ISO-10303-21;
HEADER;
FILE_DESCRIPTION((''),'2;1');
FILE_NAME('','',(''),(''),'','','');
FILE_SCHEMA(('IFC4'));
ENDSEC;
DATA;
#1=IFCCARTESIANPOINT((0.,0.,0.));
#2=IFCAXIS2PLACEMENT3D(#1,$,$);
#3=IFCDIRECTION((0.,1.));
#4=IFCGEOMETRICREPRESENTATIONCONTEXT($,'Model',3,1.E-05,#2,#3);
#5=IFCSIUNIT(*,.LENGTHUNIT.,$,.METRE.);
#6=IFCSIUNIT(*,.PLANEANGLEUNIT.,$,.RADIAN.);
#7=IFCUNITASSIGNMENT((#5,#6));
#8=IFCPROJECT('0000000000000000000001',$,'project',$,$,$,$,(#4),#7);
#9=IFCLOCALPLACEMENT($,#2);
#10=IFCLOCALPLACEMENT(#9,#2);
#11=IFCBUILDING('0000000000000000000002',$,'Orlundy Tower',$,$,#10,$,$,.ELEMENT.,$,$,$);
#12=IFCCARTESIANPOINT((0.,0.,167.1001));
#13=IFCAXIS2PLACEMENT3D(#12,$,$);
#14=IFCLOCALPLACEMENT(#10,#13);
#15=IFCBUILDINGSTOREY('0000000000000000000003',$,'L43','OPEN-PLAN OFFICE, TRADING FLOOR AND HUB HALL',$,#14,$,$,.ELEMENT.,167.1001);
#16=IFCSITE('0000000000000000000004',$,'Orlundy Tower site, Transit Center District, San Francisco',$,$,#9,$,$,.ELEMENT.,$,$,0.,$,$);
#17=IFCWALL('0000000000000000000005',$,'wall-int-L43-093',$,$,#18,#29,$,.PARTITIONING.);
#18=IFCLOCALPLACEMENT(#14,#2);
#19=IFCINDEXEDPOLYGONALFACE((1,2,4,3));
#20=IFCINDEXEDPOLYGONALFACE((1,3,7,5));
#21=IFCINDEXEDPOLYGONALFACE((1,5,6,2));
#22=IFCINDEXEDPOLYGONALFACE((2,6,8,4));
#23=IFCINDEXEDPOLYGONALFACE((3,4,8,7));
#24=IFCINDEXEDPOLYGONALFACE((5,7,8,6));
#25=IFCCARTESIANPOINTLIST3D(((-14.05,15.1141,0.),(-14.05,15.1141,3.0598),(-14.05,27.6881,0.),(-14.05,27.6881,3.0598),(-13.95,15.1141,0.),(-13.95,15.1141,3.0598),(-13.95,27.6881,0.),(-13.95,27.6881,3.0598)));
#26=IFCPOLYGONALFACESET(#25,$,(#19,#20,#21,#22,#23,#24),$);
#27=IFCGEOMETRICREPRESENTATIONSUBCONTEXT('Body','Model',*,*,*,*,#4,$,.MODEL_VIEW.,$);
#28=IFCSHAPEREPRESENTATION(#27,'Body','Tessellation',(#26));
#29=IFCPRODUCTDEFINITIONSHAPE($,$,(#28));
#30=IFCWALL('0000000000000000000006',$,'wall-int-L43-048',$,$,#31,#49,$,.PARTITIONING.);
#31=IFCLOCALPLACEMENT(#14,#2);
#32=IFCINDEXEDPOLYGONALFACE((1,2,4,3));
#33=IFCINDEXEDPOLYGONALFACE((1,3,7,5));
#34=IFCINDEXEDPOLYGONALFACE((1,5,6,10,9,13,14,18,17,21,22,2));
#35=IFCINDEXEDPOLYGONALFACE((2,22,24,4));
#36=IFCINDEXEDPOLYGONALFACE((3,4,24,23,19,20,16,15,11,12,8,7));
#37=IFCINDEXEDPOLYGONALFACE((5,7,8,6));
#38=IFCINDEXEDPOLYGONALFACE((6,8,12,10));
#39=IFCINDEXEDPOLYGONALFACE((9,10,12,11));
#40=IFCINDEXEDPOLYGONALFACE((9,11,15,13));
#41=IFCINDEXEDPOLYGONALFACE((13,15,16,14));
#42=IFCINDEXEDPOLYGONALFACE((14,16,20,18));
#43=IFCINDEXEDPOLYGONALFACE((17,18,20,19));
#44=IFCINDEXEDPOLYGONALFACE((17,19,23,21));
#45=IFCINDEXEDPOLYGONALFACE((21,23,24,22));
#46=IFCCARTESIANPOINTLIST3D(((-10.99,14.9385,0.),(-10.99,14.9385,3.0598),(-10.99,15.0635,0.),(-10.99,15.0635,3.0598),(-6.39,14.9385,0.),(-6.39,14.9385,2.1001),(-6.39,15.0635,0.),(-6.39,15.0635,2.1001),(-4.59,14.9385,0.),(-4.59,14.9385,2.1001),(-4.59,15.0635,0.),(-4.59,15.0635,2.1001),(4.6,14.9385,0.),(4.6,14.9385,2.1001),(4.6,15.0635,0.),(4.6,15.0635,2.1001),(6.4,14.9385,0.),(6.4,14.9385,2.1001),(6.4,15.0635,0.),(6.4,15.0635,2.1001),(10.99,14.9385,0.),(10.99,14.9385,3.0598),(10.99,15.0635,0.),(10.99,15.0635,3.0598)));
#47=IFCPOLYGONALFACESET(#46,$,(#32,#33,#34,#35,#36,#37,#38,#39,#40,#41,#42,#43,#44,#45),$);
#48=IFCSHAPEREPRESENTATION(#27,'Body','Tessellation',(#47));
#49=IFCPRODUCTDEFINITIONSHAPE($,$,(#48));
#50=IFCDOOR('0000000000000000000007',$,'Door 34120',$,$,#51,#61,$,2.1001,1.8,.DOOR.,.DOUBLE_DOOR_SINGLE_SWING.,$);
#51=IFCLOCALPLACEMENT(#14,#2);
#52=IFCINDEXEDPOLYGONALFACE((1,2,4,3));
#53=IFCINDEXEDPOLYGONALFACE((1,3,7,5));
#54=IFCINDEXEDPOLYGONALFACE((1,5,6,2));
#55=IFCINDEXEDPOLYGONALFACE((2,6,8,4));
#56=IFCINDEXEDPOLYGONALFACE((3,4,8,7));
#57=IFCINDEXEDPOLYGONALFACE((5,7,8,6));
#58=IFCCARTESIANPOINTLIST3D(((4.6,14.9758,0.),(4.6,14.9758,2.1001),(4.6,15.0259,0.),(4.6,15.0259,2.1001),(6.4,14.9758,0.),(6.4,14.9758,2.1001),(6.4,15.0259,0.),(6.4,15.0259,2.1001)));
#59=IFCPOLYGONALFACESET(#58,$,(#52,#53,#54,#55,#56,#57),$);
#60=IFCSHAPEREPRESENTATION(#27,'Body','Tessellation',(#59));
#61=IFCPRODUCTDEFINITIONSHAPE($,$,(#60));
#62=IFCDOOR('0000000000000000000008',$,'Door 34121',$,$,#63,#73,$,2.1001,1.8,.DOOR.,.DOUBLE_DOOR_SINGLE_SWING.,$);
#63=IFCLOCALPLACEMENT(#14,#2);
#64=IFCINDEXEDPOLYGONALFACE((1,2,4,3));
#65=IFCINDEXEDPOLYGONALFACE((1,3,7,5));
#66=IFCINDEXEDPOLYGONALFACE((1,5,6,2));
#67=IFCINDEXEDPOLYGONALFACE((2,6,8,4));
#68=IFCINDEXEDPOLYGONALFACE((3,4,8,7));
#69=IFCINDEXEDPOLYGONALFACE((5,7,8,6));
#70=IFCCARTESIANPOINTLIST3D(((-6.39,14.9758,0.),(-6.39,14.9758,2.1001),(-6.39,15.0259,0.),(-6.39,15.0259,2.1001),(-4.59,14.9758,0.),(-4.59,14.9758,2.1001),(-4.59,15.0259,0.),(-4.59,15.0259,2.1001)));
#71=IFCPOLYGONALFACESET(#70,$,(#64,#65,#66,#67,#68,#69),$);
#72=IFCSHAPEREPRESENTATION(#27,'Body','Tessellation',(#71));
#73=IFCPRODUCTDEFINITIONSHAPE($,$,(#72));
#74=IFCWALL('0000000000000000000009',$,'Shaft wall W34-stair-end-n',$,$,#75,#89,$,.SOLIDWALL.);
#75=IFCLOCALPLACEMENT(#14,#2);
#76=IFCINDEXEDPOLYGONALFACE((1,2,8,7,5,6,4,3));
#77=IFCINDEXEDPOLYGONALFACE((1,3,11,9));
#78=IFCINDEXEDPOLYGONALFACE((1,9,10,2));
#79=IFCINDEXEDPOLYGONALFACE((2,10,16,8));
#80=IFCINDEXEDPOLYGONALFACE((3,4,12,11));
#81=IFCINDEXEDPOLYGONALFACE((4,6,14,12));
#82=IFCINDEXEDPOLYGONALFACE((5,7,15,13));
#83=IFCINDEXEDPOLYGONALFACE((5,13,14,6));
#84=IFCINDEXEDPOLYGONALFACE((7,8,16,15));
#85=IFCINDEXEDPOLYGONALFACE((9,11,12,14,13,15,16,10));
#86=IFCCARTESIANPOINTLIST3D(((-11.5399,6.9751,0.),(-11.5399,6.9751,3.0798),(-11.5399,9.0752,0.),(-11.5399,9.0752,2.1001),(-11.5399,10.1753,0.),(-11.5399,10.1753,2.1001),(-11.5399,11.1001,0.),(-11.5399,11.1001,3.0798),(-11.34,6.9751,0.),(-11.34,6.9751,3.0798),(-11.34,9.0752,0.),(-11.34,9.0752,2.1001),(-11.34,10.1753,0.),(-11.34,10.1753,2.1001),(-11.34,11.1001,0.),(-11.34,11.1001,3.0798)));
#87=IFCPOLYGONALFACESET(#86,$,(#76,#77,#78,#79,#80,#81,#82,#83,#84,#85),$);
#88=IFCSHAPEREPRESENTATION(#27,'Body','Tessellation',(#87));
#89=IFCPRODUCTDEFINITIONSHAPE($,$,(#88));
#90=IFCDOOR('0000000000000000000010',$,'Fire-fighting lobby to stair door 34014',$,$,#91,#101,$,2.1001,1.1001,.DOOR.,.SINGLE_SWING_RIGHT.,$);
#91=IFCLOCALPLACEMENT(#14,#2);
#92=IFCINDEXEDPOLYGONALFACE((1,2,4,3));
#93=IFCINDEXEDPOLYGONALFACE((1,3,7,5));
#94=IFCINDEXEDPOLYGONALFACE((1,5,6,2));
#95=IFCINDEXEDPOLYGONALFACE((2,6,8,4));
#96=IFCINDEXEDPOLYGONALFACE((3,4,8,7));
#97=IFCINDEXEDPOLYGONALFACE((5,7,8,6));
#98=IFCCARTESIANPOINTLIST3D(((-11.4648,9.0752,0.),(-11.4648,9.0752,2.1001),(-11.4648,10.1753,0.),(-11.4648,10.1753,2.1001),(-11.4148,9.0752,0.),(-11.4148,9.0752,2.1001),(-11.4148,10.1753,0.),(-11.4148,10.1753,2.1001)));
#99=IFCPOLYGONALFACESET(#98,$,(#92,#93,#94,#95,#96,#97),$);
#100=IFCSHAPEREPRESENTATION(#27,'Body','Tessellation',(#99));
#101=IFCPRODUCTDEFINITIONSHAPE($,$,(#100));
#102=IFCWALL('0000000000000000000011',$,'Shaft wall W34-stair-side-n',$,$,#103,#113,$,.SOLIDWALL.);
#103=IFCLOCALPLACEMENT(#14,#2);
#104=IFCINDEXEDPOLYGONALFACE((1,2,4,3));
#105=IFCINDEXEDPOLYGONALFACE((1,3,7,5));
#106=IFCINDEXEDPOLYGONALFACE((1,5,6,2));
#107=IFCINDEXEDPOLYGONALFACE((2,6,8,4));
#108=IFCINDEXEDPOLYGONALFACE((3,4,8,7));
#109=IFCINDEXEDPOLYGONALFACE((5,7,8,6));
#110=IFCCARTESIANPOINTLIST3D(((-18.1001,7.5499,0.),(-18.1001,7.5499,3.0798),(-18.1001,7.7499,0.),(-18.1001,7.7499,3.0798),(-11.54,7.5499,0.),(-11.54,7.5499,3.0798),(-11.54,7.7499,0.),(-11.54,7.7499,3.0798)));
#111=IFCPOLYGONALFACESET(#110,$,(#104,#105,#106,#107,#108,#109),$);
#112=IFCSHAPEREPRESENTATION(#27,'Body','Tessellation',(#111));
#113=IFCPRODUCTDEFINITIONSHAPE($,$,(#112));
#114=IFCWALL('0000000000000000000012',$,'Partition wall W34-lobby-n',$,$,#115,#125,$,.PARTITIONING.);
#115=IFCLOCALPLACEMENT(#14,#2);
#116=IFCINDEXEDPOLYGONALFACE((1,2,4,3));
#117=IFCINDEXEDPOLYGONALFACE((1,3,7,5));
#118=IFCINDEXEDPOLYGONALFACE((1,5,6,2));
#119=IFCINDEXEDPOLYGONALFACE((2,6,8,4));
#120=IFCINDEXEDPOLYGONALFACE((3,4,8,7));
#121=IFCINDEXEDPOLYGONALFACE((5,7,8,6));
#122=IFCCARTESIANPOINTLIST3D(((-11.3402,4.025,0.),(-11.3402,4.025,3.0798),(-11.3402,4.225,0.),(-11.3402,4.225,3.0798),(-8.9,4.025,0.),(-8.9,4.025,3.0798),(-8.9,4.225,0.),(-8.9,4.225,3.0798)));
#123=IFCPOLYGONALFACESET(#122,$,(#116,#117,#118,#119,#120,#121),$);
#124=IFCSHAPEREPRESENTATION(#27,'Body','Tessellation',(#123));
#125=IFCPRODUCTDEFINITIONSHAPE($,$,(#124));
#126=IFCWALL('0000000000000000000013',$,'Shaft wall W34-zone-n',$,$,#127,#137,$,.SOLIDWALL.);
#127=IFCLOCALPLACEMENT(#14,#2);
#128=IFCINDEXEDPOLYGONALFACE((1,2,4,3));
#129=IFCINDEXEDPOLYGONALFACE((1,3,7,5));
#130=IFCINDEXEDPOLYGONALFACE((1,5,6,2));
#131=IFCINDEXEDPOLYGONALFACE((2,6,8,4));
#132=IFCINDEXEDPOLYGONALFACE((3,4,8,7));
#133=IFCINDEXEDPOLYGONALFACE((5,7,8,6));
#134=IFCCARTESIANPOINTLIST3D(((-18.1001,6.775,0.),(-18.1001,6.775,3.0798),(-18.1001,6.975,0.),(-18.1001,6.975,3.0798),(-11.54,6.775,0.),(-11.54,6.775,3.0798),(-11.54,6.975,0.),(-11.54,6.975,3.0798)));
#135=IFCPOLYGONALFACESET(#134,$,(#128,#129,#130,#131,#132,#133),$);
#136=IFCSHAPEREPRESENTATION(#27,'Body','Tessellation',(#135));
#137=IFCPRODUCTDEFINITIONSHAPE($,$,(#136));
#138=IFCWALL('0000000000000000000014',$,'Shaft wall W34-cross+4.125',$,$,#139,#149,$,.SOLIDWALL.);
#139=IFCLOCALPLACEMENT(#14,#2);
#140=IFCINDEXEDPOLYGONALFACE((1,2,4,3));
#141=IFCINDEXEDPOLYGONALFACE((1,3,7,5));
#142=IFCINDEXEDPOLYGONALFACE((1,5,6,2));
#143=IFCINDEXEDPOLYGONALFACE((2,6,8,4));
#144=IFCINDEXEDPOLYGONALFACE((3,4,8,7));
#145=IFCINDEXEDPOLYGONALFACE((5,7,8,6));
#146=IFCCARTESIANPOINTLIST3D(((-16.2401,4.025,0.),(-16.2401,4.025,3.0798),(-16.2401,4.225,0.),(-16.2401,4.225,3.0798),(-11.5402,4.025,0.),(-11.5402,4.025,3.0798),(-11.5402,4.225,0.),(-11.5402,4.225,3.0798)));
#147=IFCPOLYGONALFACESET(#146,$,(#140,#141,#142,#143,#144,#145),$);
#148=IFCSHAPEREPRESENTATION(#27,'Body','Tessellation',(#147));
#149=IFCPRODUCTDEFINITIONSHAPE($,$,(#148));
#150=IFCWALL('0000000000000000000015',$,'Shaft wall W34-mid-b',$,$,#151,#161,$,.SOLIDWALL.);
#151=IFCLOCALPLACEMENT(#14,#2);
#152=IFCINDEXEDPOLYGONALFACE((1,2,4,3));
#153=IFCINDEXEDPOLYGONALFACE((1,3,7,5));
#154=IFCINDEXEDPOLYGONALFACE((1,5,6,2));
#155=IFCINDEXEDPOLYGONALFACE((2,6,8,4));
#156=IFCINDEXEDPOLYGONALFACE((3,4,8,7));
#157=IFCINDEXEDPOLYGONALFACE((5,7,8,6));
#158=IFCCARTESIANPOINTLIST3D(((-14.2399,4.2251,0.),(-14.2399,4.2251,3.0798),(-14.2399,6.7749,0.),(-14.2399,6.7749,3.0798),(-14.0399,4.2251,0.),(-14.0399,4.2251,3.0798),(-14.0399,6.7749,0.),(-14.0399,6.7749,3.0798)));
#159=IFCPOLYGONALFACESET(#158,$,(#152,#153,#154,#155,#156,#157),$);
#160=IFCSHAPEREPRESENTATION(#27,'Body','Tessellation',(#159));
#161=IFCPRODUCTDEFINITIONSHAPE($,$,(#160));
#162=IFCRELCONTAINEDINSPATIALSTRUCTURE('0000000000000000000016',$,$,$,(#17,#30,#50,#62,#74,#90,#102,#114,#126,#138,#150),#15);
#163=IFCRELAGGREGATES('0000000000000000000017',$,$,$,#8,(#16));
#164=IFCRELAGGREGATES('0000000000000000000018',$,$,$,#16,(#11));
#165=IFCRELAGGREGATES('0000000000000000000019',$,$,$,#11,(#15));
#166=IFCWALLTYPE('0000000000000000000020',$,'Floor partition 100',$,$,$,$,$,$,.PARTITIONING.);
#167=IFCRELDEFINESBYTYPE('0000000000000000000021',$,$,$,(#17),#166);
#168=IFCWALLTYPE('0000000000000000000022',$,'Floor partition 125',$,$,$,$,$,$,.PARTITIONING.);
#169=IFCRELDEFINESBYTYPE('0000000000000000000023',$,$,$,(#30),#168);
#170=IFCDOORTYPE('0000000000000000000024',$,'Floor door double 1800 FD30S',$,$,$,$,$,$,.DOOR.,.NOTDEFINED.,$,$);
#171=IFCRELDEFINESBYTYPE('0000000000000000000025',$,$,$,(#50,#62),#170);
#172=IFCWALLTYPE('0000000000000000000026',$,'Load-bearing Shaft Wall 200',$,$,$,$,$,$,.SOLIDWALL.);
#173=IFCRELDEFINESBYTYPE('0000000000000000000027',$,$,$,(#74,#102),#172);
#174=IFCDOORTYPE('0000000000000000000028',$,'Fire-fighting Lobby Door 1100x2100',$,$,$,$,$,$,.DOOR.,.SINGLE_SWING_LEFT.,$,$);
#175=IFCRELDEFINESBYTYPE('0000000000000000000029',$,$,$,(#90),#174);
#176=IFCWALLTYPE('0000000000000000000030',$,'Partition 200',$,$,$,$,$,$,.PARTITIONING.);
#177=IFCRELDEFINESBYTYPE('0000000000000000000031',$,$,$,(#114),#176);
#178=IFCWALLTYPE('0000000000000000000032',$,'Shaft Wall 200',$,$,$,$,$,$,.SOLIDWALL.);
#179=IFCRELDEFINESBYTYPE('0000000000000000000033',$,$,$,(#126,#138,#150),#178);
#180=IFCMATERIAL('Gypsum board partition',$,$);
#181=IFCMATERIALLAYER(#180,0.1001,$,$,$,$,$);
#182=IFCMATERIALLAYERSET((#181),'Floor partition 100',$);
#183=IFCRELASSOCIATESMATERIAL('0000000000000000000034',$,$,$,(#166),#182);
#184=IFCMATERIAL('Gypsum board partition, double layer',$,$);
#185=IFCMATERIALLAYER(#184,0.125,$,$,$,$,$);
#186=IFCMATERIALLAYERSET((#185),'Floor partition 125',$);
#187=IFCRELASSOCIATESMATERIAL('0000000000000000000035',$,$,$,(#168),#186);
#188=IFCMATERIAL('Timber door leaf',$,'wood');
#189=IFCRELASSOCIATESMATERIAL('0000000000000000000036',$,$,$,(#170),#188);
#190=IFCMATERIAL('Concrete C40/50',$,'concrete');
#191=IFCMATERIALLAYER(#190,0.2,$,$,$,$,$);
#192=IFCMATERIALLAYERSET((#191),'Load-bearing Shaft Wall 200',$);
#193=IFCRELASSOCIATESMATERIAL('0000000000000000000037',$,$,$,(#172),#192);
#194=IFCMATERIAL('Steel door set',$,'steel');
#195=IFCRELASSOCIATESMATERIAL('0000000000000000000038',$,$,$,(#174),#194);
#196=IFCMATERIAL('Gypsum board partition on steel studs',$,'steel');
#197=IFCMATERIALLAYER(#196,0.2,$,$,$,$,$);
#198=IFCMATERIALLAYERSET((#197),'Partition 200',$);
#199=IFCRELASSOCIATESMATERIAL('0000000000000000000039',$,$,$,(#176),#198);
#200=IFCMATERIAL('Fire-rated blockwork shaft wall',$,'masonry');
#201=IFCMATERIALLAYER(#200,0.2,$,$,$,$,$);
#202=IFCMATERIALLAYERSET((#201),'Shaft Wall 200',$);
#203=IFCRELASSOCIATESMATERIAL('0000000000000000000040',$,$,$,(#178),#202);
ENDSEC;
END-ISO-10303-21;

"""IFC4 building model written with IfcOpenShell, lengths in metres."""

from ifc_helpers import new_model, si_unit, direction, frame, frame_2d, origin, place, context, subcontext, project, spatial, rectangle, extrude, material, layer, layer_set, type_object, element, fill, save


model = new_model("IFC4")

# Units and contexts
model_context = context("Model", 3, precision=1e-05, world=origin(), true_north=direction((0.0, 1.0)))
body_context = subcontext(model_context, "Body", "Model", "MODEL_VIEW")
ifc_project = project(units=[si_unit("LENGTHUNIT", "METRE"), si_unit("PLANEANGLEUNIT", "RADIAN")], contexts=[model_context])

# Site, building, storey
site_placement = place(None, origin())
site = spatial("IfcSite", under=ifc_project, at=site_placement, Name="Orlundy Tower site, Transit Center District, San Francisco", CompositionType="ELEMENT", RefElevation=0.0)
building_placement = place(site_placement, origin())
building = spatial("IfcBuilding", under=site, at=building_placement, Name="Orlundy Tower", CompositionType="ELEMENT")
storey_placement = place(building_placement, frame((0.0, 0.0, 167.1001)))
storey = spatial("IfcBuildingStorey", under=building, at=storey_placement, Name="L43", Description="OPEN-PLAN OFFICE, TRADING FLOOR AND HUB HALL", CompositionType="ELEMENT", Elevation=167.1001)

# Wall
ifc_material_1 = material(Name="Gypsum board partition")
ifc_layer_1 = layer(ifc_material_1, 0.1001)
ifc_layer_set_1 = layer_set([ifc_layer_1], Name="Floor partition 100")
wall_type_1 = type_object("IfcWallType", Name="Floor partition 100", PredefinedType="PARTITIONING", material=ifc_layer_set_1)
wall_1_placement = place(storey_placement, frame((-14.0, 15.114, 0.0), z_axis=(0.0, 0.0, 1.0), x_axis=(0.0, 1.0, 0.0)))
element("IfcWall", 1, at=wall_1_placement, inside=storey, type_object=wall_type_1, Name="wall-int-L43-093", PredefinedType="PARTITIONING", context=body_context, shape_type="SweptSolid", body=[
    extrude(rectangle(XDim=12.574, YDim=0.1001, at=frame_2d((6.2871, 0.0))), origin(), (0.0, 0.0, 1.0), 3.0598),
])

# Wall, openings, doors
ifc_material_2 = material(Name="Gypsum board partition, double layer")
ifc_layer_2 = layer(ifc_material_2, 0.125)
ifc_layer_set_2 = layer_set([ifc_layer_2], Name="Floor partition 125")
wall_type_2 = type_object("IfcWallType", Name="Floor partition 125", PredefinedType="PARTITIONING", material=ifc_layer_set_2)
wall_2_placement = place(storey_placement, frame((-10.99, 15.001, 0.0), z_axis=(0.0, 0.0, 1.0), x_axis=(1.0, 0.0, 0.0)))
wall_2 = element("IfcWall", 2, at=wall_2_placement, inside=storey, type_object=wall_type_2, Name="wall-int-L43-048", PredefinedType="PARTITIONING", context=body_context, shape_type="SweptSolid", body=[
    extrude(rectangle(XDim=21.98, YDim=0.125, at=frame_2d((10.99, 0.0))), origin(), (0.0, 0.0, 1.0), 3.0598),
])
opening_1_placement = place(wall_2_placement, frame((15.5901, 0.0, 0.0)))
opening_1 = element("IfcOpeningElement", 3, at=opening_1_placement, cuts=wall_2, PredefinedType="OPENING", context=body_context, shape_type="SweptSolid", body=[
    extrude(rectangle(XDim=1.8, YDim=2.1001, at=frame_2d((0.8999, 1.05))), frame((0.0, 0.0725, 0.0), z_axis=(0.0, -1.0, 0.0), x_axis=(1.0, 0.0, 0.0)), (0.0, 0.0, 1.0), 0.145),
])
opening_2_placement = place(wall_2_placement, frame((4.6001, 0.0, 0.0)))
opening_2 = element("IfcOpeningElement", 4, at=opening_2_placement, cuts=wall_2, PredefinedType="OPENING", context=body_context, shape_type="SweptSolid", body=[
    extrude(rectangle(XDim=1.8, YDim=2.1001, at=frame_2d((0.8999, 1.05))), frame((0.0, 0.0725, 0.0), z_axis=(0.0, -1.0, 0.0), x_axis=(1.0, 0.0, 0.0)), (0.0, 0.0, 1.0), 0.145),
])
ifc_material_3 = material(Name="Timber door leaf", Category="wood")
door_type_1 = type_object("IfcDoorType", Name="Floor door double 1800 FD30S", OperationType="NOTDEFINED", PredefinedType="DOOR", material=ifc_material_3)
door_1_placement = place(opening_1_placement, origin())
door_1 = element("IfcDoor", 5, at=door_1_placement, inside=storey, type_object=door_type_1, Name="Door 34120", OperationType="DOUBLE_DOOR_SINGLE_SWING", OverallHeight=2.1001, OverallWidth=1.8, PredefinedType="DOOR", context=body_context, shape_type="SweptSolid", body=[
    extrude(rectangle(XDim=1.8, YDim=2.1001, at=frame_2d((0.8999, 1.05))), frame((0.0, 0.0249, 0.0), z_axis=(0.0, -1.0, 0.0), x_axis=(1.0, 0.0, 0.0)), (0.0, 0.0, 1.0), 0.05),
])
fill(opening_1, door_1)
door_2_placement = place(opening_2_placement, origin())
door_2 = element("IfcDoor", 6, at=door_2_placement, inside=storey, type_object=door_type_1, Name="Door 34121", OperationType="DOUBLE_DOOR_SINGLE_SWING", OverallHeight=2.1001, OverallWidth=1.8, PredefinedType="DOOR", context=body_context, shape_type="SweptSolid", body=[
    extrude(rectangle(XDim=1.8, YDim=2.1001, at=frame_2d((0.8999, 1.05))), frame((0.0, 0.0249, 0.0), z_axis=(0.0, -1.0, 0.0), x_axis=(1.0, 0.0, 0.0)), (0.0, 0.0, 1.0), 0.05),
])
fill(opening_2, door_2)

# Wall, opening, door
ifc_material_4 = material(Name="Concrete C40/50", Category="concrete")
ifc_layer_3 = layer(ifc_material_4, 0.2)
ifc_layer_set_3 = layer_set([ifc_layer_3], Name="Load-bearing Shaft Wall 200")
wall_type_3 = type_object("IfcWallType", Name="Load-bearing Shaft Wall 200", PredefinedType="SOLIDWALL", material=ifc_layer_set_3)
wall_3_placement = place(storey_placement, frame((-11.4399, 6.9751, 0.0), z_axis=(0.0, 0.0, 1.0), x_axis=(0.0, 1.0, 0.0)))
wall_3 = element("IfcWall", 7, at=wall_3_placement, inside=storey, type_object=wall_type_3, Name="Shaft wall W34-stair-end-n", PredefinedType="SOLIDWALL", context=body_context, shape_type="SweptSolid", body=[
    extrude(rectangle(XDim=4.125, YDim=0.2, at=frame_2d((2.0625, 0.0))), origin(), (0.0, 0.0, 1.0), 3.0798),
])
opening_3_placement = place(wall_3_placement, frame((2.1001, 0.0, 0.0)))
opening_3 = element("IfcOpeningElement", 8, at=opening_3_placement, cuts=wall_3, PredefinedType="OPENING", context=body_context, shape_type="SweptSolid", body=[
    extrude(rectangle(XDim=1.1001, YDim=2.1001, at=frame_2d((0.55, 1.05))), frame((0.0, 0.1101, 0.0), z_axis=(0.0, -1.0, 0.0), x_axis=(1.0, 0.0, 0.0)), (0.0, 0.0, 1.0), 0.2202),
])
ifc_material_5 = material(Name="Steel door set", Category="steel")
door_type_2 = type_object("IfcDoorType", Name="Fire-fighting Lobby Door 1100x2100", OperationType="SINGLE_SWING_LEFT", PredefinedType="DOOR", material=ifc_material_5)
door_3_placement = place(opening_3_placement, origin())
door_3 = element("IfcDoor", 9, at=door_3_placement, inside=storey, type_object=door_type_2, Name="Fire-fighting lobby to stair door 34014", OperationType="SINGLE_SWING_RIGHT", OverallHeight=2.1001, OverallWidth=1.1001, PredefinedType="DOOR", context=body_context, shape_type="SweptSolid", body=[
    extrude(rectangle(XDim=1.1001, YDim=2.1001, at=frame_2d((0.55, 1.05))), frame((0.0, 0.0249, 0.0), z_axis=(0.0, -1.0, 0.0), x_axis=(1.0, 0.0, 0.0)), (0.0, 0.0, 1.0), 0.05),
])
fill(opening_3, door_3)

# Walls
wall_4_placement = place(storey_placement, frame((-11.54, 7.6499, 0.0), z_axis=(0.0, 0.0, 1.0), x_axis=(-1.0, 0.0, 0.0)))
element("IfcWall", 10, at=wall_4_placement, inside=storey, type_object=wall_type_3, Name="Shaft wall W34-stair-side-n", PredefinedType="SOLIDWALL", context=body_context, shape_type="SweptSolid", body=[
    extrude(rectangle(XDim=6.5601, YDim=0.2, at=frame_2d((3.28, 0.0))), origin(), (0.0, 0.0, 1.0), 3.0798),
])
ifc_material_6 = material(Name="Gypsum board partition on steel studs", Category="steel")
ifc_layer_4 = layer(ifc_material_6, 0.2)
ifc_layer_set_4 = layer_set([ifc_layer_4], Name="Partition 200")
wall_type_4 = type_object("IfcWallType", Name="Partition 200", PredefinedType="PARTITIONING", material=ifc_layer_set_4)
wall_5_placement = place(storey_placement, frame((-8.8999, 4.125, 0.0), z_axis=(0.0, 0.0, 1.0), x_axis=(-1.0, 0.0, 0.0)))
element("IfcWall", 11, at=wall_5_placement, inside=storey, type_object=wall_type_4, Name="Partition wall W34-lobby-n", PredefinedType="PARTITIONING", context=body_context, shape_type="SweptSolid", body=[
    extrude(rectangle(XDim=2.4402, YDim=0.2, at=frame_2d((1.2202, 0.0))), origin(), (0.0, 0.0, 1.0), 3.0798),
])
ifc_material_7 = material(Name="Fire-rated blockwork shaft wall", Category="masonry")
ifc_layer_5 = layer(ifc_material_7, 0.2)
ifc_layer_set_5 = layer_set([ifc_layer_5], Name="Shaft Wall 200")
wall_type_5 = type_object("IfcWallType", Name="Shaft Wall 200", PredefinedType="SOLIDWALL", material=ifc_layer_set_5)
wall_6_placement = place(storey_placement, frame((-11.54, 6.875, 0.0), z_axis=(0.0, 0.0, 1.0), x_axis=(-1.0, 0.0, 0.0)))
element("IfcWall", 12, at=wall_6_placement, inside=storey, type_object=wall_type_5, Name="Shaft wall W34-zone-n", PredefinedType="SOLIDWALL", context=body_context, shape_type="SweptSolid", body=[
    extrude(rectangle(XDim=6.5601, YDim=0.2, at=frame_2d((3.28, 0.0))), origin(), (0.0, 0.0, 1.0), 3.0798),
])
wall_7_placement = place(storey_placement, frame((-11.54, 4.125, 0.0), z_axis=(0.0, 0.0, 1.0), x_axis=(-1.0, 0.0, 0.0)))
element("IfcWall", 13, at=wall_7_placement, inside=storey, type_object=wall_type_5, Name="Shaft wall W34-cross+4.125", PredefinedType="SOLIDWALL", context=body_context, shape_type="SweptSolid", body=[
    extrude(rectangle(XDim=4.7, YDim=0.2, at=frame_2d((2.3501, 0.0))), origin(), (0.0, 0.0, 1.0), 3.0798),
])
wall_8_placement = place(storey_placement, frame((-14.1399, 4.2251, 0.0), z_axis=(0.0, 0.0, 1.0), x_axis=(0.0, 1.0, 0.0)))
element("IfcWall", 14, at=wall_8_placement, inside=storey, type_object=wall_type_5, Name="Shaft wall W34-mid-b", PredefinedType="SOLIDWALL", context=body_context, shape_type="SweptSolid", body=[
    extrude(rectangle(XDim=2.5498, YDim=0.2, at=frame_2d((1.2749, 0.0))), origin(), (0.0, 0.0, 1.0), 3.0798),
])

save(model, "model.ifc")
